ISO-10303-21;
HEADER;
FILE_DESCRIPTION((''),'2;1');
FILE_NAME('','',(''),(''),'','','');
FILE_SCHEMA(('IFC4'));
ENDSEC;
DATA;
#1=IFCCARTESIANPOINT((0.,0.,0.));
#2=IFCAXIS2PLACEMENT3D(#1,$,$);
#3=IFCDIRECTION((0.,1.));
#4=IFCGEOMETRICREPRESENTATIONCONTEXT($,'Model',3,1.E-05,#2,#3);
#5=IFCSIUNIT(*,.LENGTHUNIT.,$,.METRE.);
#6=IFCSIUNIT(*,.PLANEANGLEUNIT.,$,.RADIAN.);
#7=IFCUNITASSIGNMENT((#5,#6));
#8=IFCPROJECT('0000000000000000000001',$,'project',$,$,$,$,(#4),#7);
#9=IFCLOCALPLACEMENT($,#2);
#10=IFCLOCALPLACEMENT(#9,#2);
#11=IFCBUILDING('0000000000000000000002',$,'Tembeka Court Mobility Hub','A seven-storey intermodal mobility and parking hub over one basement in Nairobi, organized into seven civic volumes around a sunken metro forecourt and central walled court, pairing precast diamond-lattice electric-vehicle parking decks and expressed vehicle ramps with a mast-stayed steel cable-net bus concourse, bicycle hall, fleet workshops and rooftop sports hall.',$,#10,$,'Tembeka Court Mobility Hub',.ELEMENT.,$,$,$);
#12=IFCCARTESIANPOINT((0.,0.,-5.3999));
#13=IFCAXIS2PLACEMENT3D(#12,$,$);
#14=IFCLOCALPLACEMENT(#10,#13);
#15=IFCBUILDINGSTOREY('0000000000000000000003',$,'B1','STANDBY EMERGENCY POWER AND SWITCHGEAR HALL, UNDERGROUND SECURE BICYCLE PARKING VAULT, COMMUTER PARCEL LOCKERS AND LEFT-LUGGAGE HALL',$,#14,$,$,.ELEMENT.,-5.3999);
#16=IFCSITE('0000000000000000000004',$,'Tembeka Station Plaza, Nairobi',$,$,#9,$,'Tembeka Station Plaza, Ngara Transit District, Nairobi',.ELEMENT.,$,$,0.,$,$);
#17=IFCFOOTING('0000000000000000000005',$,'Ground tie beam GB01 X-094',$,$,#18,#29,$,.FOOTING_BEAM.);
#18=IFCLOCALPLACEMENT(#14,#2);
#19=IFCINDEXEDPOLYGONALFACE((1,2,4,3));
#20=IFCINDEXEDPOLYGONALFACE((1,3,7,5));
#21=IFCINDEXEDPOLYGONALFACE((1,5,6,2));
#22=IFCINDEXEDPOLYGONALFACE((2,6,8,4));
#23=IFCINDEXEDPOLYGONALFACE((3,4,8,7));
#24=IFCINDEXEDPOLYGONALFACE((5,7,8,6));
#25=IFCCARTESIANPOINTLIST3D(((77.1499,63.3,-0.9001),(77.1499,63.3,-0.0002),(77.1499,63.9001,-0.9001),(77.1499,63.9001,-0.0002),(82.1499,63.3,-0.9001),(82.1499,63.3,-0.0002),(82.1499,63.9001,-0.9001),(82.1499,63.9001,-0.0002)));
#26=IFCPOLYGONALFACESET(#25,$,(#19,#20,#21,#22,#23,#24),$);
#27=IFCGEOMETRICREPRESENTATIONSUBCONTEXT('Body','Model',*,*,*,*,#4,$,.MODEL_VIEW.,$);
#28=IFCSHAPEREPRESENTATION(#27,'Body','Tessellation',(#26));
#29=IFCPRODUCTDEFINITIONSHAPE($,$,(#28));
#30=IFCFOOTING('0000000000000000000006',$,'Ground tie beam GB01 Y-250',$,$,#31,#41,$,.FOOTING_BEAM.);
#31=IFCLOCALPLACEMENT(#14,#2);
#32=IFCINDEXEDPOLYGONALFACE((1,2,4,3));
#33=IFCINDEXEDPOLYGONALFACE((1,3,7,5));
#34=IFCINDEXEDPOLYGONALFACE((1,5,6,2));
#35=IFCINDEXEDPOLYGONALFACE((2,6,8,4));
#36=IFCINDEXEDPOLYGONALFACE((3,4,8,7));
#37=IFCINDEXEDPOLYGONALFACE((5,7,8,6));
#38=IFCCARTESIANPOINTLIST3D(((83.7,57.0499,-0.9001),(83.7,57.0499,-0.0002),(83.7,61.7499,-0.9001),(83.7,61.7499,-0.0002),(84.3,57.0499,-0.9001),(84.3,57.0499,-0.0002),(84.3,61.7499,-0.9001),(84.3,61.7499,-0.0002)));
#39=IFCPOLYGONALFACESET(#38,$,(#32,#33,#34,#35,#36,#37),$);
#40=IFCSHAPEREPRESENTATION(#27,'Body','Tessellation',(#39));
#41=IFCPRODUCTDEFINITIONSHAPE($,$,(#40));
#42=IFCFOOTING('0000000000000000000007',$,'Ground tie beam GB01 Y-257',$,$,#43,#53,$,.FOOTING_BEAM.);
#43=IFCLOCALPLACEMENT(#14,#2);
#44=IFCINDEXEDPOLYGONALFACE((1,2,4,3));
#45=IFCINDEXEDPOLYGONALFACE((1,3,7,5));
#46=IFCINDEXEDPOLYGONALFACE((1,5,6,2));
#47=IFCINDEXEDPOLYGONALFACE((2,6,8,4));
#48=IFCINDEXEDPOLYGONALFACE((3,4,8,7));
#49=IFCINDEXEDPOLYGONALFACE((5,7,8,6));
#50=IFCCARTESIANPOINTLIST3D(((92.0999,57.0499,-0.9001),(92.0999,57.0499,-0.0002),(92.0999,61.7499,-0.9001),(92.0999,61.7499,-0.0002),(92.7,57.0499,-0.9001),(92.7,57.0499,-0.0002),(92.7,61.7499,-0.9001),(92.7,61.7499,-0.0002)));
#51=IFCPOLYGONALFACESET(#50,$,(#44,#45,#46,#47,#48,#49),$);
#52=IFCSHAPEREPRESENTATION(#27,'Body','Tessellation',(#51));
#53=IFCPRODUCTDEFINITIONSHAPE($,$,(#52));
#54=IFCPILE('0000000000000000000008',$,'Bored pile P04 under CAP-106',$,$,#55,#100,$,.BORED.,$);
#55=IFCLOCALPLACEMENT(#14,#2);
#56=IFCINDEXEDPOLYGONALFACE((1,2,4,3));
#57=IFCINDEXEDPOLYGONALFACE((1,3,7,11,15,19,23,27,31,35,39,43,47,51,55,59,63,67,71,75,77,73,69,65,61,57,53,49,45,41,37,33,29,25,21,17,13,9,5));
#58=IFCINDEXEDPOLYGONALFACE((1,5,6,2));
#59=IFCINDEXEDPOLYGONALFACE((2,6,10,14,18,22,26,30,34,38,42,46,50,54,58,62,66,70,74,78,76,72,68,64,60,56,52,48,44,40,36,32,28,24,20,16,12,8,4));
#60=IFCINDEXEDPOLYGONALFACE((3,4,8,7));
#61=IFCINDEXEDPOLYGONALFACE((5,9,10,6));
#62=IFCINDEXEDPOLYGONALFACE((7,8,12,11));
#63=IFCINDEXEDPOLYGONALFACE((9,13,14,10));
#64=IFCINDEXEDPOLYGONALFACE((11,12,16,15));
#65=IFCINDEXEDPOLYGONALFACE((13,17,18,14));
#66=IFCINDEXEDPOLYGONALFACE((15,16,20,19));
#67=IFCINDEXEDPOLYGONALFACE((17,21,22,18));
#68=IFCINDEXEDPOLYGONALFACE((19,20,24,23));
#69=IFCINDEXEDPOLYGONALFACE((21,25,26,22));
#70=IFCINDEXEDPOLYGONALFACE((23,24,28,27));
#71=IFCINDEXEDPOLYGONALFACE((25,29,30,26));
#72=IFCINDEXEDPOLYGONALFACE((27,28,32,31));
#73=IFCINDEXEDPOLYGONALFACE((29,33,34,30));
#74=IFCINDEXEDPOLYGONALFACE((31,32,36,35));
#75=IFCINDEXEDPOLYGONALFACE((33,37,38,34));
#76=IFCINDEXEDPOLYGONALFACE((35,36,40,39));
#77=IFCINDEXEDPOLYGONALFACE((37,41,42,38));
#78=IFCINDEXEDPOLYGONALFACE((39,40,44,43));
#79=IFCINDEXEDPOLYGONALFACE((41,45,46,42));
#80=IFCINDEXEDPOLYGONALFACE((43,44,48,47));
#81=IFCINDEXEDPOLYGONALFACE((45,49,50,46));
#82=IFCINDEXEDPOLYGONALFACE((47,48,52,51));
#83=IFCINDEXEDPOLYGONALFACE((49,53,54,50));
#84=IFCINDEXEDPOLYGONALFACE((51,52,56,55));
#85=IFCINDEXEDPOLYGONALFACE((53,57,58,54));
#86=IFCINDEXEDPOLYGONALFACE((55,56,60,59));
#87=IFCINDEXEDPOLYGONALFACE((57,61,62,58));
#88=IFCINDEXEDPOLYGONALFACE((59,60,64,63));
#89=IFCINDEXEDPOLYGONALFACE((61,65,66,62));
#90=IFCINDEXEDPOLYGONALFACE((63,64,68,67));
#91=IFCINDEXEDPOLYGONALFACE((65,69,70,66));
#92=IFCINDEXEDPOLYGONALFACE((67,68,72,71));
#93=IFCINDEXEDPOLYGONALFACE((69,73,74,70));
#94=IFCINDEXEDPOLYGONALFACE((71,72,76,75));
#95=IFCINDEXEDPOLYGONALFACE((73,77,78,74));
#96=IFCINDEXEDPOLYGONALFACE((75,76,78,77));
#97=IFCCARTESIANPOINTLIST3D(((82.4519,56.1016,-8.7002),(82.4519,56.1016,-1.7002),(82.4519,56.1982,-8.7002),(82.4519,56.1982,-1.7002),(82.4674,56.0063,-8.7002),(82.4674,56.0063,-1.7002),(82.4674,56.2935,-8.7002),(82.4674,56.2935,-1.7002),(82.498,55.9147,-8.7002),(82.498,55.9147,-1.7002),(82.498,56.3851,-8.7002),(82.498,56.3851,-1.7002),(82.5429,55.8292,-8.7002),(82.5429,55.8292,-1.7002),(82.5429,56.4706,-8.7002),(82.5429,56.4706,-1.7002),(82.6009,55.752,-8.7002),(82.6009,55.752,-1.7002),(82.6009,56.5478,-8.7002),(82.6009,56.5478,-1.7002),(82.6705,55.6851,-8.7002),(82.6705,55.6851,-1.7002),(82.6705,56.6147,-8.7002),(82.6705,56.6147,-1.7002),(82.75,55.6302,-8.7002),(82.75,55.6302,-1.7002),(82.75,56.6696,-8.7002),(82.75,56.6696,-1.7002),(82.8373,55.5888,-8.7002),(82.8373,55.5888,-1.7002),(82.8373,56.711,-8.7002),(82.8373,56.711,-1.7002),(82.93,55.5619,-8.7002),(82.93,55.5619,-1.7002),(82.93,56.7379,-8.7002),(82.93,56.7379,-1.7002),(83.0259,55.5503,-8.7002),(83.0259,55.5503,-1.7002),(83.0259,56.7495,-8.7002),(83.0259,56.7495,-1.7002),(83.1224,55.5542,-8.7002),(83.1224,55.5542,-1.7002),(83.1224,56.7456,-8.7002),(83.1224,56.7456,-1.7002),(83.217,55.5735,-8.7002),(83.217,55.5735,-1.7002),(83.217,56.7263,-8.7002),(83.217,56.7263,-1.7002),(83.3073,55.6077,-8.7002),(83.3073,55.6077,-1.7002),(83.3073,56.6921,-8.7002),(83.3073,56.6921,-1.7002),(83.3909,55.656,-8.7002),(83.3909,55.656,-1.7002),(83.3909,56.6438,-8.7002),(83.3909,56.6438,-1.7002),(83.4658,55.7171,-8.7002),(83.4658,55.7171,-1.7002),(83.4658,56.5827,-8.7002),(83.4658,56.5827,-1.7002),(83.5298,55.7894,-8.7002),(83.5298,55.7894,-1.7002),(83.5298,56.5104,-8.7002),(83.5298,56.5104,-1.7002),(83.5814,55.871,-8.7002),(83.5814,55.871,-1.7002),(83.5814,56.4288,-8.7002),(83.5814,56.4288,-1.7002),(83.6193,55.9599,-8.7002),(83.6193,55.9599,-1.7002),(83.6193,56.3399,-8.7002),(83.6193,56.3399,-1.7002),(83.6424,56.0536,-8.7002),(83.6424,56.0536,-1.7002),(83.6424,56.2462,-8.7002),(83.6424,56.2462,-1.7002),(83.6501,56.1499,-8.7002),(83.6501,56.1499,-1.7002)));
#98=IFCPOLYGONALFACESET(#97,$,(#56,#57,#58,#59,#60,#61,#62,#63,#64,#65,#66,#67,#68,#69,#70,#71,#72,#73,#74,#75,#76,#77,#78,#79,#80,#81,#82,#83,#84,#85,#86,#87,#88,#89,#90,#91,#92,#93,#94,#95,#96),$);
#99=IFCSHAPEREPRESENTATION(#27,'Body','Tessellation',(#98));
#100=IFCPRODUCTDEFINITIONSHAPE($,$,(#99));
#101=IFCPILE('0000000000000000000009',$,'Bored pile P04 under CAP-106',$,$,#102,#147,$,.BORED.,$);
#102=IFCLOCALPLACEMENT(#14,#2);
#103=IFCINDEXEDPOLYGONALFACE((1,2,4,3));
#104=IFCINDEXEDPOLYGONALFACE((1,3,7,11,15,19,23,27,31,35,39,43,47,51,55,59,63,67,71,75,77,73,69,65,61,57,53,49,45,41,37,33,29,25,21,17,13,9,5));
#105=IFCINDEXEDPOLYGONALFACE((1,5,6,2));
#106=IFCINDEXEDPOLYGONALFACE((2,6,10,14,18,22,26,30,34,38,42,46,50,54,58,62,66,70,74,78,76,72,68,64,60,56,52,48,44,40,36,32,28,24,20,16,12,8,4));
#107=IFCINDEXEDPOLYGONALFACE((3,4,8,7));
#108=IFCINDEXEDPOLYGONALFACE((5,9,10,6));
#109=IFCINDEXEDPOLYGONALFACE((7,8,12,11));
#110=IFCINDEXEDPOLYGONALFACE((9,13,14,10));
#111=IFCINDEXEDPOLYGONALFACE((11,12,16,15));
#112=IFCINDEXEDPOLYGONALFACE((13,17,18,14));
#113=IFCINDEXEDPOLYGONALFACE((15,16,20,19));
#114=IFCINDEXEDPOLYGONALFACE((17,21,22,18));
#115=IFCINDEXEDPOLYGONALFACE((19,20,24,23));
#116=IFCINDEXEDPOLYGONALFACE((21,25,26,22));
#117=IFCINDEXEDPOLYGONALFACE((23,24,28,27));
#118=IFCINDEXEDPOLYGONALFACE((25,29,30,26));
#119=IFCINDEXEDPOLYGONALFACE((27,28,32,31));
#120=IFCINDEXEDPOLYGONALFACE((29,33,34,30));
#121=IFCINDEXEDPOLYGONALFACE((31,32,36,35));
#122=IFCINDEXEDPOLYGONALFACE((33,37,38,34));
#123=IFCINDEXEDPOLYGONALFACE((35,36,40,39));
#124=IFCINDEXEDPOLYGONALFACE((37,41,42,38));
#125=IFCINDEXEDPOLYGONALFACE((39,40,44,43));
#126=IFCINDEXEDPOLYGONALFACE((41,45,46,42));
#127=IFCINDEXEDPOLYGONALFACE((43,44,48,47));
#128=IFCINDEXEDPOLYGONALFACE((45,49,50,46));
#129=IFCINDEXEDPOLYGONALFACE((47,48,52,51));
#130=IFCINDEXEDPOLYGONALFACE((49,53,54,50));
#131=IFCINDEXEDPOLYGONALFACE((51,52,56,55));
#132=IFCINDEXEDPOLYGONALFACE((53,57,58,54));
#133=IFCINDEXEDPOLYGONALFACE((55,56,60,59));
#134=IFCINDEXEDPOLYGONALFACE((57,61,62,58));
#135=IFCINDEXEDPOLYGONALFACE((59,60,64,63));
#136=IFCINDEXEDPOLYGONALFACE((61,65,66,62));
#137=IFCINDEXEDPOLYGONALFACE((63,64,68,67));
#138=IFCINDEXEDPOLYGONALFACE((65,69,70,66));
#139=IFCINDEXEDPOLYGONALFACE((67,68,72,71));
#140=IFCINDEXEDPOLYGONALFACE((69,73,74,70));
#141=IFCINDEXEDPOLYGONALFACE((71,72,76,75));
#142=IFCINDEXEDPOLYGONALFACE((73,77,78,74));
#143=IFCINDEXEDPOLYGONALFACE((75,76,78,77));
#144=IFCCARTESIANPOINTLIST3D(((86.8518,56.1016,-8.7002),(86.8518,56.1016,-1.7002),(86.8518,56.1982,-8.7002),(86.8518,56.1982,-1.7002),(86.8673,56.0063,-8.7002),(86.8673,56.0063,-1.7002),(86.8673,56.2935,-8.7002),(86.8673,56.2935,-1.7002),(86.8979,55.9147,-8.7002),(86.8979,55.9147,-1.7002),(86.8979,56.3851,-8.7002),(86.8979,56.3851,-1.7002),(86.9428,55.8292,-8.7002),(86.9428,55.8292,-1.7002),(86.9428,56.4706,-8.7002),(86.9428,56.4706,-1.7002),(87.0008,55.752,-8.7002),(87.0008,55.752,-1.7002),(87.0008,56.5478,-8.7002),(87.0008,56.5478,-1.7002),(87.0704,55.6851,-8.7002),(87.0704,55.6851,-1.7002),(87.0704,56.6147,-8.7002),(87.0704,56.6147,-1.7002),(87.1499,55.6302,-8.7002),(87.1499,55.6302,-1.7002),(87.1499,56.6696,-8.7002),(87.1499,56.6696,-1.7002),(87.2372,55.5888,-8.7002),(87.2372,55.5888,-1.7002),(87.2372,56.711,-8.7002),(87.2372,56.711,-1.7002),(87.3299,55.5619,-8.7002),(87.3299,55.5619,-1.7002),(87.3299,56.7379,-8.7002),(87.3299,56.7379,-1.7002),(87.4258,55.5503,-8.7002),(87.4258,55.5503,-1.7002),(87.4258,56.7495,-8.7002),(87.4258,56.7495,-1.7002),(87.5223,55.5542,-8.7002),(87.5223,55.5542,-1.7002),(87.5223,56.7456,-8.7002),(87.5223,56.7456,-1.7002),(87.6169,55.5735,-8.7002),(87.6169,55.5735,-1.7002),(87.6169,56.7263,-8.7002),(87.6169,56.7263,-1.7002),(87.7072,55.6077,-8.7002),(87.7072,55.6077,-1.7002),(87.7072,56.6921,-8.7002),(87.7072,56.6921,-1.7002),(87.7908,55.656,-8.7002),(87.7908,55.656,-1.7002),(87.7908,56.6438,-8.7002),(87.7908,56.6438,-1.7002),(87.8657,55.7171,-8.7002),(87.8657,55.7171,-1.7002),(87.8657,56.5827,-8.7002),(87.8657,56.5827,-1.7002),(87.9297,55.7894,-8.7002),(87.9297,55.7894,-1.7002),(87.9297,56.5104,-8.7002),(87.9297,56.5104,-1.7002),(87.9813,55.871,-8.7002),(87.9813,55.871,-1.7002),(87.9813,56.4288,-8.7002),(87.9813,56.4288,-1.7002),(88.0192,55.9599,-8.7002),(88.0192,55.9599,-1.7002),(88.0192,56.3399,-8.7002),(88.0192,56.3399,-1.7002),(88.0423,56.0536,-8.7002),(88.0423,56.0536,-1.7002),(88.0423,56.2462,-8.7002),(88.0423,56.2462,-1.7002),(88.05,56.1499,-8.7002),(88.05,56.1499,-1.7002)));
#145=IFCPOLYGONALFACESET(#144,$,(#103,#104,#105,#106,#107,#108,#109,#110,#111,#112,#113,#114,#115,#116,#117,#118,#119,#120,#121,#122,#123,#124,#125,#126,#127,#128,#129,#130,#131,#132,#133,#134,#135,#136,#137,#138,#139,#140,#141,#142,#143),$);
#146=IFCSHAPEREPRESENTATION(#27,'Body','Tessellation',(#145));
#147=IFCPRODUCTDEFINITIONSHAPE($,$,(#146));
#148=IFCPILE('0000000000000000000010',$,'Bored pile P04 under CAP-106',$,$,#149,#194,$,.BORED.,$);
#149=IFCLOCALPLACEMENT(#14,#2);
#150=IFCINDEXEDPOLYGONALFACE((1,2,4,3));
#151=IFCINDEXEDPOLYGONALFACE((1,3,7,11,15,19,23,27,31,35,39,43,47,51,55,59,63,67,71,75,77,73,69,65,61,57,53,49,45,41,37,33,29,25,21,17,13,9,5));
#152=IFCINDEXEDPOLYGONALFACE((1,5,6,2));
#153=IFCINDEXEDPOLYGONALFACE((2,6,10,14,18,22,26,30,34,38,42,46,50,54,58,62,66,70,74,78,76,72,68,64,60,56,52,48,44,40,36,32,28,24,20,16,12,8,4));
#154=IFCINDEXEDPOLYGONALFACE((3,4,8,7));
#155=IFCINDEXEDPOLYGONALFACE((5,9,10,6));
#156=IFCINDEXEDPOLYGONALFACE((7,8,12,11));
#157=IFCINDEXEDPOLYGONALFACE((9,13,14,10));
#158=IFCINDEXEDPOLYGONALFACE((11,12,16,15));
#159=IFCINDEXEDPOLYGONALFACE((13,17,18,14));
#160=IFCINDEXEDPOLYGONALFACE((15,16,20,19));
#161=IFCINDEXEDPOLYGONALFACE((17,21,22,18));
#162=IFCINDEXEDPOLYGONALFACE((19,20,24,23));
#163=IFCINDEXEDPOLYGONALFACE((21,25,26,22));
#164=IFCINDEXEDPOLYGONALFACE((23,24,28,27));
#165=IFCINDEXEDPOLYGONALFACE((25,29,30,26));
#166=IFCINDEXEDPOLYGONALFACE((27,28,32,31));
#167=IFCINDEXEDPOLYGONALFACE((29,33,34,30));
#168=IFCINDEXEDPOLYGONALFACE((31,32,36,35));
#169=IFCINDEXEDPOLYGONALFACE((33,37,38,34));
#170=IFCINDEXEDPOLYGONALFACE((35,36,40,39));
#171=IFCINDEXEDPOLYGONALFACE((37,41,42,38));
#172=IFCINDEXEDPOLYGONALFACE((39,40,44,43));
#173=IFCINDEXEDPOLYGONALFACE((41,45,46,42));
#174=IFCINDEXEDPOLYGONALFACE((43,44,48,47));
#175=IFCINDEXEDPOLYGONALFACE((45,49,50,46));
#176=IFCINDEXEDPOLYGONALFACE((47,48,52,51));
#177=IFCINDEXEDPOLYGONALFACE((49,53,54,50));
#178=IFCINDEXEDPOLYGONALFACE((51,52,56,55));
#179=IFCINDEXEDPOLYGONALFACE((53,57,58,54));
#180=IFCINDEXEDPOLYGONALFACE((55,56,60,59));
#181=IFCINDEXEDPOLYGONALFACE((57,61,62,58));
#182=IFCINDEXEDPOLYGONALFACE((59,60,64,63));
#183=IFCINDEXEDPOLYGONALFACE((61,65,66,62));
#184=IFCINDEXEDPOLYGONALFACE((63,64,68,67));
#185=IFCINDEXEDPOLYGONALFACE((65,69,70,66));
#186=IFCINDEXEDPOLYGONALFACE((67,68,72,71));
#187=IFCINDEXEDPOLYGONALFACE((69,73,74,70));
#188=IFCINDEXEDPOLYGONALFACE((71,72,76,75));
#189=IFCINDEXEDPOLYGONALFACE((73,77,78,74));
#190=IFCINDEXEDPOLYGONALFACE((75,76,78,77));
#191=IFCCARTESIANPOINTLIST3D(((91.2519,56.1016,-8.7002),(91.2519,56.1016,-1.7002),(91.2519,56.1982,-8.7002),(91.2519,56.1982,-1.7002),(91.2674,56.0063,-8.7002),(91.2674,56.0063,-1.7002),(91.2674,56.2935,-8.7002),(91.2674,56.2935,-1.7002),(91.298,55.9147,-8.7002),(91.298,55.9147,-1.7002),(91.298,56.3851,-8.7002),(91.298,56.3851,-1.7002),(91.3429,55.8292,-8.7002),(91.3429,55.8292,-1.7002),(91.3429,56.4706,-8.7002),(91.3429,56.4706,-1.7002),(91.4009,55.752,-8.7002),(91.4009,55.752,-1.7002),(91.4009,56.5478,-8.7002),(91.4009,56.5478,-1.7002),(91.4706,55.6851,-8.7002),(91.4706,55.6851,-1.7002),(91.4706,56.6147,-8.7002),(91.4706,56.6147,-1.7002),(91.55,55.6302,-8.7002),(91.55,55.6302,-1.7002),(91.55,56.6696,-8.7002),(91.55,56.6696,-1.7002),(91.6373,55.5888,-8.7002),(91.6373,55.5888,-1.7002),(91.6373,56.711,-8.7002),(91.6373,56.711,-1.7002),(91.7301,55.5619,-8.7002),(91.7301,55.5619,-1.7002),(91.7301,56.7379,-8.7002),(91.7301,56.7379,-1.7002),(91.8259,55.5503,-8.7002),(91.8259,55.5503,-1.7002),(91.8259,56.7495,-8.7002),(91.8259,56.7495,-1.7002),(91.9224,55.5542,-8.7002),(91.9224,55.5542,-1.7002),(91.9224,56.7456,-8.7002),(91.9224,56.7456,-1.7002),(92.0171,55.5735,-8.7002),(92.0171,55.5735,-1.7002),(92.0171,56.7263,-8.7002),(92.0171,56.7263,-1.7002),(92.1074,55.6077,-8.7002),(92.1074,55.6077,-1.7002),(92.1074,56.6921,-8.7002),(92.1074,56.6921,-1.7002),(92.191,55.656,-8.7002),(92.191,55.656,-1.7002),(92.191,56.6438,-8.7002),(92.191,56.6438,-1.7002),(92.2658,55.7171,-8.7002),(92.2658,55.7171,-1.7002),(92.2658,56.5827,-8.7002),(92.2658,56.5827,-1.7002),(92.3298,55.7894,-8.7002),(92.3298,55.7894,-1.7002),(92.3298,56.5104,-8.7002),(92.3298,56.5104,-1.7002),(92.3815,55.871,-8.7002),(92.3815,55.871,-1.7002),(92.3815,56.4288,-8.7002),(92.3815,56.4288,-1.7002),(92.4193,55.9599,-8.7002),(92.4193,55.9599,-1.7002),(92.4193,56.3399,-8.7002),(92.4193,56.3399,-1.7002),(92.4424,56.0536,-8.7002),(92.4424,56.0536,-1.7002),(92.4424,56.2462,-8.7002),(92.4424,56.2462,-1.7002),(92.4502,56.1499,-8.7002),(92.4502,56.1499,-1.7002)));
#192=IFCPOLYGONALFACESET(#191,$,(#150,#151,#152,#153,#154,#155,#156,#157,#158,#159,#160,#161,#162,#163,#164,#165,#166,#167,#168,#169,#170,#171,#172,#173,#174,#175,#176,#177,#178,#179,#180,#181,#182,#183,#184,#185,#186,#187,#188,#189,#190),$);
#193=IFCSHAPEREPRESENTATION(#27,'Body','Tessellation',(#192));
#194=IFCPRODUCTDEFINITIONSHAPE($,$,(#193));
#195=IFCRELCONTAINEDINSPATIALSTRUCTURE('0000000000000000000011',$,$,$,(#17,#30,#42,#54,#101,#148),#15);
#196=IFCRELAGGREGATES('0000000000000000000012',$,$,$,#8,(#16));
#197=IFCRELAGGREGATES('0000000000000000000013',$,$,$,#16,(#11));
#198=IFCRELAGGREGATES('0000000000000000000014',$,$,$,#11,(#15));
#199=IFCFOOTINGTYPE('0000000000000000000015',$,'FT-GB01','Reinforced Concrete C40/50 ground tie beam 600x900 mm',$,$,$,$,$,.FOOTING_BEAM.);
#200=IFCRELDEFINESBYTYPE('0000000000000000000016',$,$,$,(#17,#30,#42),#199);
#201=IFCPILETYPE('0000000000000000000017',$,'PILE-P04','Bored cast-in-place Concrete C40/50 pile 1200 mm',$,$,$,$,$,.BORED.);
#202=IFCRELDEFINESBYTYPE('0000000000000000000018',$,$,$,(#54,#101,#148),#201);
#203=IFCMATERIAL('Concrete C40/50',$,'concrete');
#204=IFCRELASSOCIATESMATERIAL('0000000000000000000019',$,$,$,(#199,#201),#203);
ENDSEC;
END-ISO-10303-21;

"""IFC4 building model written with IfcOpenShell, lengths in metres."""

from ifc_helpers import new_model, si_unit, direction, frame, origin, origin_2d, place, context, subcontext, project, spatial, rectangle, circle, extrude, material, material_profile, profile_set, type_object, element, save


model = new_model("IFC4")

# Units and contexts
model_context = context("Model", 3, precision=1e-05, world=origin(), true_north=direction((0.0, 1.0)))
body_context = subcontext(model_context, "Body", "Model", "MODEL_VIEW")
ifc_project = project(units=[si_unit("LENGTHUNIT", "METRE"), si_unit("PLANEANGLEUNIT", "RADIAN")], contexts=[model_context])

# Site, building, storey
site_placement = place(None, origin())
site = spatial("IfcSite", under=ifc_project, at=site_placement, Name="Tembeka Station Plaza, Nairobi", LongName="Tembeka Station Plaza, Ngara Transit District, Nairobi", CompositionType="ELEMENT", RefElevation=0.0)
building_placement = place(site_placement, origin())
building = spatial("IfcBuilding", under=site, at=building_placement, Name="Tembeka Court Mobility Hub", Description="A seven-storey intermodal mobility and parking hub over one basement in Nairobi, organized into seven civic volumes around a sunken metro forecourt and central walled court, pairing precast diamond-lattice electric-vehicle parking decks and expressed vehicle ramps with a mast-stayed steel cable-net bus concourse, bicycle hall, fleet workshops and rooftop sports hall.", LongName="Tembeka Court Mobility Hub", CompositionType="ELEMENT")
storey_placement = place(building_placement, frame((0.0, 0.0, -5.3999)))
storey = spatial("IfcBuildingStorey", under=building, at=storey_placement, Name="B1", Description="STANDBY EMERGENCY POWER AND SWITCHGEAR HALL, UNDERGROUND SECURE BICYCLE PARKING VAULT, COMMUTER PARCEL LOCKERS AND LEFT-LUGGAGE HALL", CompositionType="ELEMENT", Elevation=-5.3999)

# Footings
ifc_material_1 = material(Name="Concrete C40/50", Category="concrete")
footing_type = type_object("IfcFootingType", Name="FT-GB01", Description="Reinforced Concrete C40/50 ground tie beam 600x900 mm", PredefinedType="FOOTING_BEAM", material=ifc_material_1)
footing_placement = place(storey_placement, frame((79.6499, 63.6001, -0.9001), z_axis=(0.0, 0.0, 1.0), x_axis=(1.0, 0.0, 0.0)))
element("IfcFooting", 1, at=footing_placement, inside=storey, type_object=footing_type, Name="Ground tie beam GB01 X-094", PredefinedType="FOOTING_BEAM", context=body_context, shape_type="SweptSolid", body=[
    extrude(rectangle(XDim=5.0, YDim=0.6001, at=origin_2d()), origin(), (0.0, 0.0, 1.0), 0.8999),
])
for number, where, z_axis, x_axis, name in (
    (2, (84.0, 59.3999, -0.9001), (0.0, 0.0, 1.0), (0.0, 1.0, 0.0), "Ground tie beam GB01 Y-250"),
    (3, (92.3999, 59.3999, -0.9001), (0.0, 0.0, 1.0), (0.0, 1.0, 0.0), "Ground tie beam GB01 Y-257"),
):
    element("IfcFooting", number, at=place(storey_placement, frame(where, z_axis=z_axis, x_axis=x_axis)), inside=storey, type_object=footing_type, Name=name, PredefinedType="FOOTING_BEAM", context=body_context, shape_type="SweptSolid", body=[
        extrude(rectangle(XDim=4.7, YDim=0.6001, at=origin_2d()), origin(), (0.0, 0.0, 1.0), 0.8999),
    ])

# Piles
ifc_material_profile_1 = material_profile(ifc_material_1, circle(Radius=0.6001, at=origin_2d()), Name="PILE D1200")
ifc_profile_set_1 = profile_set([ifc_material_profile_1], Name="Concrete C40/50")
pile_type = type_object("IfcPileType", Name="PILE-P04", Description="Bored cast-in-place Concrete C40/50 pile 1200 mm", PredefinedType="BORED", material=ifc_profile_set_1)
for number, where, z_axis, x_axis, name in (
    (4, (83.05, 56.1499, -1.7002), (0.0, 0.0, -1.0), (1.0, 0.0, 0.0), "Bored pile P04 under CAP-106"),
    (5, (87.45, 56.1499, -1.7002), (0.0, 0.0, -1.0), (1.0, 0.0, 0.0), "Bored pile P04 under CAP-106"),
    (6, (91.8501, 56.1499, -1.7002), (0.0, 0.0, -1.0), (1.0, 0.0, 0.0), "Bored pile P04 under CAP-106"),
):
    element("IfcPile", number, at=place(storey_placement, frame(where, z_axis=z_axis, x_axis=x_axis)), inside=storey, type_object=pile_type, Name=name, PredefinedType="BORED", context=body_context, shape_type="SweptSolid", body=[
        extrude(circle(Radius=0.6001, at=origin_2d()), origin(), (0.0, 0.0, 1.0), 7.0),
    ])

save(model, "model.ifc")
